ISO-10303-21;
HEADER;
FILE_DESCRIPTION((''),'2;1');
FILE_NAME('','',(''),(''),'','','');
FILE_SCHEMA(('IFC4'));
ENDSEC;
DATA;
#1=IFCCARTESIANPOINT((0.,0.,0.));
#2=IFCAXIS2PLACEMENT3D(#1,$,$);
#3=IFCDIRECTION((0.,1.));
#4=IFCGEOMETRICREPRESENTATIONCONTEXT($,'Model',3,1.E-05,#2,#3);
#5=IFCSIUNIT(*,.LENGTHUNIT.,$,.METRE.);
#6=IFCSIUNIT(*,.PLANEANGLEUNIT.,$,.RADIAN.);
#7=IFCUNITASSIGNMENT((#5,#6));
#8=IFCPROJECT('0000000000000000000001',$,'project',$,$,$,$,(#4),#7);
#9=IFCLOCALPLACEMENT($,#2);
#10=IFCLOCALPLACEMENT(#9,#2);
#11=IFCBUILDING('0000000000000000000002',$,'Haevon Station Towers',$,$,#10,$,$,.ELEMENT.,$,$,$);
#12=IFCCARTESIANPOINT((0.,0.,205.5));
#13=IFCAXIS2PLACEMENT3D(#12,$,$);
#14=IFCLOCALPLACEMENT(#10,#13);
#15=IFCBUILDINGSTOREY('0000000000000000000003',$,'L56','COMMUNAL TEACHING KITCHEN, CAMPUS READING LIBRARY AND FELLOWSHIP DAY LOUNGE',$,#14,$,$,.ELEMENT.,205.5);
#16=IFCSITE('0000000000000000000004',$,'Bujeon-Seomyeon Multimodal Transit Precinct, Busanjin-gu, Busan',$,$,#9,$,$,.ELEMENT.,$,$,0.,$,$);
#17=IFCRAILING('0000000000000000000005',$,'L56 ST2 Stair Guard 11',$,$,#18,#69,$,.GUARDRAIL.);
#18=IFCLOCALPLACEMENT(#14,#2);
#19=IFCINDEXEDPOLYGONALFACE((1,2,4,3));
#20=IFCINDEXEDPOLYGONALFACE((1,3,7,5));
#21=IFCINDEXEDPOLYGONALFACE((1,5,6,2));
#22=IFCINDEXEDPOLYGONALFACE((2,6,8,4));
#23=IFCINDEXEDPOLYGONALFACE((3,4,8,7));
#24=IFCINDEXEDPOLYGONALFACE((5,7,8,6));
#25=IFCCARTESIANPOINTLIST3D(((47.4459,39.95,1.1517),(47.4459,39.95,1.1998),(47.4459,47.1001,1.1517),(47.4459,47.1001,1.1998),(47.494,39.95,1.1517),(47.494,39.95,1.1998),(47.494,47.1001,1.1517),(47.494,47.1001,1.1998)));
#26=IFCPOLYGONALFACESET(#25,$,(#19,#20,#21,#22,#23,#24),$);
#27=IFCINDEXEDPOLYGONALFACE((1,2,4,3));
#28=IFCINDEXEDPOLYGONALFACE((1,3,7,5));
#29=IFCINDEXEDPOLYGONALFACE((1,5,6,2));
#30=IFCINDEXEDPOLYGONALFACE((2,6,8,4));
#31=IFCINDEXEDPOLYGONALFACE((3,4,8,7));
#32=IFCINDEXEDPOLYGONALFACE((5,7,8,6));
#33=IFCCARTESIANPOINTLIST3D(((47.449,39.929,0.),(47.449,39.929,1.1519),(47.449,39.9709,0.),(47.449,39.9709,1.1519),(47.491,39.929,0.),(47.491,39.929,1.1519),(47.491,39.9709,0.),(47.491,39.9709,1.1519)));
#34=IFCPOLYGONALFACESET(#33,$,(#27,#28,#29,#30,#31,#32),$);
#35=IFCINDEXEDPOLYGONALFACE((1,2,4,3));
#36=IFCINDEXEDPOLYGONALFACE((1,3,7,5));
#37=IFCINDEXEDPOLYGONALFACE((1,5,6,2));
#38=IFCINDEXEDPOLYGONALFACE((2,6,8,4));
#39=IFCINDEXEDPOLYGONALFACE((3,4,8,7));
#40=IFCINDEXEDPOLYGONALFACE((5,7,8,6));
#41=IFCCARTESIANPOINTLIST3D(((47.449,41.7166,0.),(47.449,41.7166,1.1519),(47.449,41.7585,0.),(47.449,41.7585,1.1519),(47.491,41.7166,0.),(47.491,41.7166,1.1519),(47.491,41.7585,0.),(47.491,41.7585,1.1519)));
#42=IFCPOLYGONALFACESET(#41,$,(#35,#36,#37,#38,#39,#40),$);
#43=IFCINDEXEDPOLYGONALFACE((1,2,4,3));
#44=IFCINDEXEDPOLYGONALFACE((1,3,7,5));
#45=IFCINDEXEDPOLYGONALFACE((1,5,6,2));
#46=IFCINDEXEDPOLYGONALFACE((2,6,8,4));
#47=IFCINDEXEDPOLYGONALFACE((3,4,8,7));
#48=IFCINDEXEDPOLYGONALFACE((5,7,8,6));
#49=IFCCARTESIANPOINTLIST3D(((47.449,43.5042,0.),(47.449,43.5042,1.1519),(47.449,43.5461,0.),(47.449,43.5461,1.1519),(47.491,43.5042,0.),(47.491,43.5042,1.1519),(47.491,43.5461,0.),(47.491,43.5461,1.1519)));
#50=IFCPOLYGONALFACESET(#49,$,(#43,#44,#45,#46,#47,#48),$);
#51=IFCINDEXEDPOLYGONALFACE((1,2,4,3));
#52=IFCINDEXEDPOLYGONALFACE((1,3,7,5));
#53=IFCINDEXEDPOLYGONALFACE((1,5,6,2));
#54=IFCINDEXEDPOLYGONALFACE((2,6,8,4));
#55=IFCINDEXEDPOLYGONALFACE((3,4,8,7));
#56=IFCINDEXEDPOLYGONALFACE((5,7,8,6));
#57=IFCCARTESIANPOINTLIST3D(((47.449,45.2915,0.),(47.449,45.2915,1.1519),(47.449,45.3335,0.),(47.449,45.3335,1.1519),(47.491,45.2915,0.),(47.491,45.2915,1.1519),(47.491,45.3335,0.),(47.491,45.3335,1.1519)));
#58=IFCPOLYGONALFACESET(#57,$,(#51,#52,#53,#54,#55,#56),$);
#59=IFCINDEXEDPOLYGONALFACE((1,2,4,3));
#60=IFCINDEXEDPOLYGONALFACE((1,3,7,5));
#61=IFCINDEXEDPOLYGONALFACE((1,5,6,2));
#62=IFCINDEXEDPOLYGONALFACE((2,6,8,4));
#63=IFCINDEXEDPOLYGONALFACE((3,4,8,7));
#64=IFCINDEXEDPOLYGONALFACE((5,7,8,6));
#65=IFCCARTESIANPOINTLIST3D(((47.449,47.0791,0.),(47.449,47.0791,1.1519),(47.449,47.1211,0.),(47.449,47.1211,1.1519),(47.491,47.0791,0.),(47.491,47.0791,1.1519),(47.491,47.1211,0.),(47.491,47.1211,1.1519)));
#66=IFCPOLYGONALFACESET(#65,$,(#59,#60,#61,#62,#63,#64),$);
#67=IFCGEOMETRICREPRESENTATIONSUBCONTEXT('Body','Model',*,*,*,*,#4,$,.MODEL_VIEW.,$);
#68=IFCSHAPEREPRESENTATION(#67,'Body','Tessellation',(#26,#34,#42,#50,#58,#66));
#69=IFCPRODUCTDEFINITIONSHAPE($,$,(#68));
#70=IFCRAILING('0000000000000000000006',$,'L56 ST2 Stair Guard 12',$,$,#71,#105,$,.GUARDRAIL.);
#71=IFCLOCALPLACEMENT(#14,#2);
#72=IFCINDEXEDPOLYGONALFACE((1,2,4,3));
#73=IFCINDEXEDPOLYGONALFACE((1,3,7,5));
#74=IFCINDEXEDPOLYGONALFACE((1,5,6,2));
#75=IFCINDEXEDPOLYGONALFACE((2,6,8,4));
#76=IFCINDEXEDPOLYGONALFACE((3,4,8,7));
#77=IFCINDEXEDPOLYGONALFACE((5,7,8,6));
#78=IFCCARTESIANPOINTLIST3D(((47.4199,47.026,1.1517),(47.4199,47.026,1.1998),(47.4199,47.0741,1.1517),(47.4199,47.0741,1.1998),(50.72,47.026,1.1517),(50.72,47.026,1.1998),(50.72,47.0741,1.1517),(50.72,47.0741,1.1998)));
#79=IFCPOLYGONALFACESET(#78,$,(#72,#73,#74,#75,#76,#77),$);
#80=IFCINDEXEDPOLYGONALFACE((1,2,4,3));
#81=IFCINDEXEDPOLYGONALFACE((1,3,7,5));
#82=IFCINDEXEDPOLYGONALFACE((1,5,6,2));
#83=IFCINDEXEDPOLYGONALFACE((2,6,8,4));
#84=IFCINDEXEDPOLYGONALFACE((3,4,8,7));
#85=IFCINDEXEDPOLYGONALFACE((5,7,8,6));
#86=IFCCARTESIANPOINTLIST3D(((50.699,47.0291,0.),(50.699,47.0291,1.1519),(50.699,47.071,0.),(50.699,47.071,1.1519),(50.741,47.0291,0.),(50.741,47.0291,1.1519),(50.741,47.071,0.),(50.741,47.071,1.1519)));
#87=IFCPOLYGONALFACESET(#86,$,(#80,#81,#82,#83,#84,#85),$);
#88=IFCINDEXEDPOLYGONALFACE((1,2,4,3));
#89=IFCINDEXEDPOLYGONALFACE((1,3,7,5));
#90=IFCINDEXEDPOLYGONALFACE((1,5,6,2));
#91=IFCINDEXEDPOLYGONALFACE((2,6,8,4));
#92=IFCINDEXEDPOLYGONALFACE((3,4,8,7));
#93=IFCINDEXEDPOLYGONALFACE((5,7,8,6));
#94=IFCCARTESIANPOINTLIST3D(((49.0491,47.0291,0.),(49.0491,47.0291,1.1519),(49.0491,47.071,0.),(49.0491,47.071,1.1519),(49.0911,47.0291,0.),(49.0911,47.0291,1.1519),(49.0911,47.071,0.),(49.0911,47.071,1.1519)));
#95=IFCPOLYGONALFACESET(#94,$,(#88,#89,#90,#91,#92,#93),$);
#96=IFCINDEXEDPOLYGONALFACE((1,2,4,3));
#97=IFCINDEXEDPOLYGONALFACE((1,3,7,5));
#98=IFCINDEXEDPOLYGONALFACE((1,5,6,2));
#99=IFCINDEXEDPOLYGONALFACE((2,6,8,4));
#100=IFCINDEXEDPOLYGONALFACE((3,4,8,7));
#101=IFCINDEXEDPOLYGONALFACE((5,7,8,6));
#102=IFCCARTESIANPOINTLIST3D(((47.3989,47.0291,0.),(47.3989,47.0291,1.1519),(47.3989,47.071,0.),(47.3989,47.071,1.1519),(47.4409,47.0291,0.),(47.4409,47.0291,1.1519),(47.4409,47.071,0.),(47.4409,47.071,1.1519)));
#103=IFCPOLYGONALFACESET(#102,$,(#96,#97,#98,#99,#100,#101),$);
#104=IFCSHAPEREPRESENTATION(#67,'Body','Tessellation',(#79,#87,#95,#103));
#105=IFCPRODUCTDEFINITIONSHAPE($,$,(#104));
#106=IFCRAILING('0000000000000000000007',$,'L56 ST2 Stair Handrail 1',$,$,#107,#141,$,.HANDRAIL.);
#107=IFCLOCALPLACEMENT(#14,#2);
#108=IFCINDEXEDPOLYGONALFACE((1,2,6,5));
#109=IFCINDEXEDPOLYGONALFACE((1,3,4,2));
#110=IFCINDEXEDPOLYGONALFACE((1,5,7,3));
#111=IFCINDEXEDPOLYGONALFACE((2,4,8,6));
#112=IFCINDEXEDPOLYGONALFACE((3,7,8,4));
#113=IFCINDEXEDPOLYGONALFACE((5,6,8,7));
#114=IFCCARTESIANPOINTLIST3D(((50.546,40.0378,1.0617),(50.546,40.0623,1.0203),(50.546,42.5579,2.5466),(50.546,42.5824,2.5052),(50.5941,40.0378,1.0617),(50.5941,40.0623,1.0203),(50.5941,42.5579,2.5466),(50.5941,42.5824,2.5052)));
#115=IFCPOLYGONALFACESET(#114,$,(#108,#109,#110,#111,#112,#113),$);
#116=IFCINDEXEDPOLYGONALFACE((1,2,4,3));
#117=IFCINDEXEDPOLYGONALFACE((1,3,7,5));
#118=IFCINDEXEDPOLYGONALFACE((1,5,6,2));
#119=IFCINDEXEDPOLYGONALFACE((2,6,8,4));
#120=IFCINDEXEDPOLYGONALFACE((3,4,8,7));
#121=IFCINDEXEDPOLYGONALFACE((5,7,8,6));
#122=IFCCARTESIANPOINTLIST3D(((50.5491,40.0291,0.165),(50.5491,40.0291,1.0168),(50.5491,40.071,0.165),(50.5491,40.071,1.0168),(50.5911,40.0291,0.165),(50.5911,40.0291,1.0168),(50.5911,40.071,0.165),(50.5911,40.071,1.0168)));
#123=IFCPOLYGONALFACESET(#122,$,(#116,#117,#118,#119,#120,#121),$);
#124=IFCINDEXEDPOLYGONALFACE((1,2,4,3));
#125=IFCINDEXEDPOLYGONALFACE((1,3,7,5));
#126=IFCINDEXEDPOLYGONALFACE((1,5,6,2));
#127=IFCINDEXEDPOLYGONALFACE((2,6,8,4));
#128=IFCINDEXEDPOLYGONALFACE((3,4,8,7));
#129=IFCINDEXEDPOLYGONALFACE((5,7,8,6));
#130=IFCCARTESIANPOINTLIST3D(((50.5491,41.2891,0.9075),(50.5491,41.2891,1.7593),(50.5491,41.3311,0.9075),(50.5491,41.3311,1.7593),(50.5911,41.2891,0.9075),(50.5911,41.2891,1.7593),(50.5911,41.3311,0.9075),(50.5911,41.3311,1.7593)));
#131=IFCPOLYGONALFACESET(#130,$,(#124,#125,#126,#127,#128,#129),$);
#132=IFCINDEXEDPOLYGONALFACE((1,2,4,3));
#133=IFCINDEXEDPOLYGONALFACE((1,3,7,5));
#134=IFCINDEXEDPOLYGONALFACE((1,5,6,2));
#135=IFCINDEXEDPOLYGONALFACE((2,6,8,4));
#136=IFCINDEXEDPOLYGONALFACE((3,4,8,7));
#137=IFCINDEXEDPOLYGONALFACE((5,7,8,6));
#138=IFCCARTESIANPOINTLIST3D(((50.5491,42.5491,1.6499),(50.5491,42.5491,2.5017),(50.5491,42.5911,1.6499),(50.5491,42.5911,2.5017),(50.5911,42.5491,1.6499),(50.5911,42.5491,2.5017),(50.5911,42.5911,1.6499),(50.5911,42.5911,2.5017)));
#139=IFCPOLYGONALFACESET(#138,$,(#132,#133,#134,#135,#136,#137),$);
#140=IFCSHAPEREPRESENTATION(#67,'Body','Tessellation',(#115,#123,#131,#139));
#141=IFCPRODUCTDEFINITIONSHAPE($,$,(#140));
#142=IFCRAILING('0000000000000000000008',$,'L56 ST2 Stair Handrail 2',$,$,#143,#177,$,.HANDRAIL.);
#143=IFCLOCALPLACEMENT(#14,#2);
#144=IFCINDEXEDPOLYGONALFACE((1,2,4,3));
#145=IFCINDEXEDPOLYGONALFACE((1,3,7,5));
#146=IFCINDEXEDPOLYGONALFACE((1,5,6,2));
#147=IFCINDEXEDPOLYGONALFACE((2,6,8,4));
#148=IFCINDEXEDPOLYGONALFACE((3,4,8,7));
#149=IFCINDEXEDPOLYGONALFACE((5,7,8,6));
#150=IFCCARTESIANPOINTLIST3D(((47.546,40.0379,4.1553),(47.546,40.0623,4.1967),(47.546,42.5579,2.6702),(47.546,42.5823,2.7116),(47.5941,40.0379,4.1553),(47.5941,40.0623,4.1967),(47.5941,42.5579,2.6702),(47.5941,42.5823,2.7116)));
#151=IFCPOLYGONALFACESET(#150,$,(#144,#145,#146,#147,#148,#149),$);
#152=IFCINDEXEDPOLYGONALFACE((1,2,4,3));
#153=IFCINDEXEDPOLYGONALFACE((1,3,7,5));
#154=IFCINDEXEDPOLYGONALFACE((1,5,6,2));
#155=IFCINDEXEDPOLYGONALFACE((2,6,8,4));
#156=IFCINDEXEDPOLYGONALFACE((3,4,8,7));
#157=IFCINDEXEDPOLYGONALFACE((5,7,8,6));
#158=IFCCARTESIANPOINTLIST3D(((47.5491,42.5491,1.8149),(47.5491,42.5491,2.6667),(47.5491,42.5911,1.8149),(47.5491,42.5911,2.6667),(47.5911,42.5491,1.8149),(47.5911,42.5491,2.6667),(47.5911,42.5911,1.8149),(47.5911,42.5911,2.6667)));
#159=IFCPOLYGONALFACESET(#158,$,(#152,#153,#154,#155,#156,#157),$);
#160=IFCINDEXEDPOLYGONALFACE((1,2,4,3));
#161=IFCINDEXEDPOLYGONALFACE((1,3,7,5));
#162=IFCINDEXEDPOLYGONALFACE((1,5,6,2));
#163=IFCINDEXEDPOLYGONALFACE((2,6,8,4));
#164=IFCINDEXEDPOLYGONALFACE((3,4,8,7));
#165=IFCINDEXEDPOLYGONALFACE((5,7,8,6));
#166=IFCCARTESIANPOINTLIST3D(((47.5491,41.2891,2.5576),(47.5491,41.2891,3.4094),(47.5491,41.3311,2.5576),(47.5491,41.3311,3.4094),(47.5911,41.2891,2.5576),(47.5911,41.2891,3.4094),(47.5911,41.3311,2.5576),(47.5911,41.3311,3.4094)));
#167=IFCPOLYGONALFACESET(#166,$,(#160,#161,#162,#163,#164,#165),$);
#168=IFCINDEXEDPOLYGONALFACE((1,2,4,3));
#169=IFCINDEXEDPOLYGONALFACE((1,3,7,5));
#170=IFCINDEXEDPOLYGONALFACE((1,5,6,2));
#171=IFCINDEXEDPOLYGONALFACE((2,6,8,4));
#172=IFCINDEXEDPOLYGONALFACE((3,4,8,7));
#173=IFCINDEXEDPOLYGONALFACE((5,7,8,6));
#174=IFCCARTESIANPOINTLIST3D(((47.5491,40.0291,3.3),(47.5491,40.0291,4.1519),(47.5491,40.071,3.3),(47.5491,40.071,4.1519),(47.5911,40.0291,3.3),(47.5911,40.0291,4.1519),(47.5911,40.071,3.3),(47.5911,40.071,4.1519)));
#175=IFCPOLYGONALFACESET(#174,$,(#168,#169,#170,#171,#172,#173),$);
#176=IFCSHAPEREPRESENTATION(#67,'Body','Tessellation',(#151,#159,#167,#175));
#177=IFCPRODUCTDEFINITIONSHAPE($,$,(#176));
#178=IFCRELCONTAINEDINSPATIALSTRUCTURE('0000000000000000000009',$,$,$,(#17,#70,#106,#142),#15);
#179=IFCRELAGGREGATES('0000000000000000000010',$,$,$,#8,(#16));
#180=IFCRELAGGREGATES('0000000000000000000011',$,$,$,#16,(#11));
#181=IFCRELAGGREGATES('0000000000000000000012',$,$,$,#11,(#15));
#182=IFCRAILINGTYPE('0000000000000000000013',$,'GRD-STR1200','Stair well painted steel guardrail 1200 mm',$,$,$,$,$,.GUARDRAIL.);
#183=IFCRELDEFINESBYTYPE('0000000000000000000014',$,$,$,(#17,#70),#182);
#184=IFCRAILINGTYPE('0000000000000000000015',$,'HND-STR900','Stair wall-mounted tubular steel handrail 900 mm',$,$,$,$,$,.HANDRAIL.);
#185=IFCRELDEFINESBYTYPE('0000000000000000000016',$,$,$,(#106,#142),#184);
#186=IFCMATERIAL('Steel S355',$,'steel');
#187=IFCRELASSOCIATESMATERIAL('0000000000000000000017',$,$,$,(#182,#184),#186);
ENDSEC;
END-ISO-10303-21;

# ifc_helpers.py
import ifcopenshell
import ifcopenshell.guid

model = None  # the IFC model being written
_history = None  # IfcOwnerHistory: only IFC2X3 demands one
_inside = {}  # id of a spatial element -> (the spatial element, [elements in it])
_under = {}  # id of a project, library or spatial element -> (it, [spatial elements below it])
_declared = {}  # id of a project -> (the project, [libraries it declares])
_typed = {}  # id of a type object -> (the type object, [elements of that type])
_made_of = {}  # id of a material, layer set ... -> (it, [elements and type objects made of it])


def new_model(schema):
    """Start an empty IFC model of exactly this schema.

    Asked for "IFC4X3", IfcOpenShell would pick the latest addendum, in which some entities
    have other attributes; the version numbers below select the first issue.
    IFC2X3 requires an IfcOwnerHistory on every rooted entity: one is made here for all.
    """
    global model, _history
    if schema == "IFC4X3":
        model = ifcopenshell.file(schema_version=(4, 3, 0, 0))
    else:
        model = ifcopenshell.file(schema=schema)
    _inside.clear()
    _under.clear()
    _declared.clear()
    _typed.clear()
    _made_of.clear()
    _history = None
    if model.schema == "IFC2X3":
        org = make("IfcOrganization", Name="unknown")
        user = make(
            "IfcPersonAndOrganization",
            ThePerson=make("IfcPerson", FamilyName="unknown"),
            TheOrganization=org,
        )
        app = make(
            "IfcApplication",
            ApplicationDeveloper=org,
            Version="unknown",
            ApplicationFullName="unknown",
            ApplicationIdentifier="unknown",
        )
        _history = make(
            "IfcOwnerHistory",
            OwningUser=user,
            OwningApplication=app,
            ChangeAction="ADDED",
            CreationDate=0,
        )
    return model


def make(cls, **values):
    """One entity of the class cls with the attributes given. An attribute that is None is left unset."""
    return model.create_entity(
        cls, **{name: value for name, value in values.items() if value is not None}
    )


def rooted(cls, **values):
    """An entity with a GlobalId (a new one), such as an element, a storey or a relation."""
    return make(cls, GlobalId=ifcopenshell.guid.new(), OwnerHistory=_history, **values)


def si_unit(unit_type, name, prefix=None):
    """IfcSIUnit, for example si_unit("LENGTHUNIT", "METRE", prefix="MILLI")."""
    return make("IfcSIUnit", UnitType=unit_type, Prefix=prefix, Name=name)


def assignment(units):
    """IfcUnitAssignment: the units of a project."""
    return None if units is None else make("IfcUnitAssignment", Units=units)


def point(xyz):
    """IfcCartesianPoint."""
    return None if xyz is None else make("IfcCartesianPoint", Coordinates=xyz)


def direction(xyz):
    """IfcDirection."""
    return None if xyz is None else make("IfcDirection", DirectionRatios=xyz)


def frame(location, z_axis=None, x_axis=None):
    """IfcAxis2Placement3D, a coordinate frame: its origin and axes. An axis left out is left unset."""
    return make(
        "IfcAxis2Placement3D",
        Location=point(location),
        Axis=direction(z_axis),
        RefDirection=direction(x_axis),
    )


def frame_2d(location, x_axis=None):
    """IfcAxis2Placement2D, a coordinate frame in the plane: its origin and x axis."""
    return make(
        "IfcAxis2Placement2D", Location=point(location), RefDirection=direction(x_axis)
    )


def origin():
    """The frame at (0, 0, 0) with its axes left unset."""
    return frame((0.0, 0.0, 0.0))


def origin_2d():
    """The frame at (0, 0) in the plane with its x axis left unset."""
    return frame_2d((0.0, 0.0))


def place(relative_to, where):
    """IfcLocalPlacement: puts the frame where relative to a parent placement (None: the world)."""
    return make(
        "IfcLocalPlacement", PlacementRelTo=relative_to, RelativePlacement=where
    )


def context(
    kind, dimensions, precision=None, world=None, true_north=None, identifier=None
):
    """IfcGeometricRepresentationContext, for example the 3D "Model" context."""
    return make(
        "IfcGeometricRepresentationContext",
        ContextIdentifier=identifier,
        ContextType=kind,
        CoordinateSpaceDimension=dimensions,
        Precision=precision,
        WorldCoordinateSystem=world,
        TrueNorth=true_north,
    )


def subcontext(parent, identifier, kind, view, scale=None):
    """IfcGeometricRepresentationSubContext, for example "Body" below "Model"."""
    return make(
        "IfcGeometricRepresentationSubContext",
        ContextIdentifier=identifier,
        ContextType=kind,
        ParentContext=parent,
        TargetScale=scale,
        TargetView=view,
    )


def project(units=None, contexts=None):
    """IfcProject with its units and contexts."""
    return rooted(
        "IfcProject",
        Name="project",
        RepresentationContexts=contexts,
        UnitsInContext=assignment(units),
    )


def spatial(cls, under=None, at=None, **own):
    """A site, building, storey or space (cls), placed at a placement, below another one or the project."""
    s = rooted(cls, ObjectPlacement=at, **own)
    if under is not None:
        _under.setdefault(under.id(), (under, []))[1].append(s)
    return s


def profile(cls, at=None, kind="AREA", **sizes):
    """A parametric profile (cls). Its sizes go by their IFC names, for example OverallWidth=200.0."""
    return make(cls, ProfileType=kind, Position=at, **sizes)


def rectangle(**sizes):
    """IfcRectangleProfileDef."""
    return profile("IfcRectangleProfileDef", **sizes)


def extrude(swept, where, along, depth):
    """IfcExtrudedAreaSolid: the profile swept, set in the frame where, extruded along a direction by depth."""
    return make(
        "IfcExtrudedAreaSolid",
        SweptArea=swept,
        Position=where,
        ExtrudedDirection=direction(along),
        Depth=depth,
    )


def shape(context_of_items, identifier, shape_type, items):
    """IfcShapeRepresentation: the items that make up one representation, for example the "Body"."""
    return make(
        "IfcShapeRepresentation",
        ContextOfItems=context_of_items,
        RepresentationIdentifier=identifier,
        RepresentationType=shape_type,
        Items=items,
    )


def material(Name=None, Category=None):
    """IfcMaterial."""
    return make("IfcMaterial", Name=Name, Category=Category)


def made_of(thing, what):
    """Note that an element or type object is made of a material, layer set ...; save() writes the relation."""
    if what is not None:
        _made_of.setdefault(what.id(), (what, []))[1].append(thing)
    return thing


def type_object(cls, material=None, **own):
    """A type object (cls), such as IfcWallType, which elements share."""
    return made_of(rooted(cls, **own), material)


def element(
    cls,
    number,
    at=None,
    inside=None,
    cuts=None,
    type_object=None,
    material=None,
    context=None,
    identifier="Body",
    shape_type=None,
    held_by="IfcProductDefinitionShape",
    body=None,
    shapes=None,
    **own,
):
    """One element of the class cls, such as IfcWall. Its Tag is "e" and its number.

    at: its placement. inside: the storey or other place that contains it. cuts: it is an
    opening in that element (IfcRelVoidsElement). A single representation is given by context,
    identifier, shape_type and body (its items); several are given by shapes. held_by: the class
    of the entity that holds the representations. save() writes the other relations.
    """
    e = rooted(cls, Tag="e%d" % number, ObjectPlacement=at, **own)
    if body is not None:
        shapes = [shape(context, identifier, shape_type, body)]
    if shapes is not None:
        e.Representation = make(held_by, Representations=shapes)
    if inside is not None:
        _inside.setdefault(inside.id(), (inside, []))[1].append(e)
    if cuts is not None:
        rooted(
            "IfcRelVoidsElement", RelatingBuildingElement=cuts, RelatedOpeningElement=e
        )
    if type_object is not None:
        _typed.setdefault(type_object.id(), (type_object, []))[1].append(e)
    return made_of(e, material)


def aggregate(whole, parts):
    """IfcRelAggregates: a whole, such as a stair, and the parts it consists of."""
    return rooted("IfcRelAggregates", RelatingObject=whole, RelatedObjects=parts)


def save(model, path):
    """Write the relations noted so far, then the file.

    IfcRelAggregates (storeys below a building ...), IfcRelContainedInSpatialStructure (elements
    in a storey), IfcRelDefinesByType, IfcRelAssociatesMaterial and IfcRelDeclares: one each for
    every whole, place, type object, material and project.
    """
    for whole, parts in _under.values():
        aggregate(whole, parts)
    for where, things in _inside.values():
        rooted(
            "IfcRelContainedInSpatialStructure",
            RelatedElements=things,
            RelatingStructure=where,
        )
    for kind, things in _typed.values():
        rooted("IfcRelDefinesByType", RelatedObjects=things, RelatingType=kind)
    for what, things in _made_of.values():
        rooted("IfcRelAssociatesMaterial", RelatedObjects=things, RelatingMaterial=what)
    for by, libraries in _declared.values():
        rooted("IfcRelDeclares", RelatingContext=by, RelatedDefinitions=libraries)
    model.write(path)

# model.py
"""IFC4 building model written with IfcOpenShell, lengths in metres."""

from ifc_helpers import new_model, si_unit, direction, frame, origin, origin_2d, place, context, subcontext, project, spatial, rectangle, extrude, material, type_object, element, save


model = new_model("IFC4")

# Units and contexts
model_context = context("Model", 3, precision=1e-05, world=origin(), true_north=direction((0.0, 1.0)))
body_context = subcontext(model_context, "Body", "Model", "MODEL_VIEW")
ifc_project = project(units=[si_unit("LENGTHUNIT", "METRE"), si_unit("PLANEANGLEUNIT", "RADIAN")], contexts=[model_context])

# Site, building, storey
site_placement = place(None, origin())
site = spatial("IfcSite", under=ifc_project, at=site_placement, Name="Bujeon-Seomyeon Multimodal Transit Precinct, Busanjin-gu, Busan", CompositionType="ELEMENT", RefElevation=0.0)
building_placement = place(site_placement, origin())
building = spatial("IfcBuilding", under=site, at=building_placement, Name="Haevon Station Towers", CompositionType="ELEMENT")
storey_placement = place(building_placement, frame((0.0, 0.0, 205.5)))
storey = spatial("IfcBuildingStorey", under=building, at=storey_placement, Name="L56", Description="COMMUNAL TEACHING KITCHEN, CAMPUS READING LIBRARY AND FELLOWSHIP DAY LOUNGE", CompositionType="ELEMENT", Elevation=205.5)

# Shared definitions
ifc_material_1 = material(Name="Steel S355", Category="steel")

# Railings
railing_type_1 = type_object("IfcRailingType", Name="GRD-STR1200", Description="Stair well painted steel guardrail 1200 mm", PredefinedType="GUARDRAIL", material=ifc_material_1)
for number, where, name in (
    (1, (47.47, 39.95, 0.0), "L56 ST2 Stair Guard 11"),
):
    element("IfcRailing", number, at=place(storey_placement, frame(where)), inside=storey, type_object=railing_type_1, Name=name, PredefinedType="GUARDRAIL", context=body_context, shape_type="SweptSolid", body=[
        extrude(rectangle(XDim=0.0481, YDim=0.0481, at=origin_2d()), frame((0.0, 0.0, 1.1758), z_axis=(0.0, 1.0, 0.0), x_axis=(-1.0, 0.0, 0.0)), (0.0, 0.0, 1.0), 7.1501),
        extrude(rectangle(XDim=0.042, YDim=0.042, at=origin_2d()), origin(), (0.0, 0.0, 1.0), 1.1519),
        extrude(rectangle(XDim=0.042, YDim=0.042, at=origin_2d()), frame((0.0, 1.7876, 0.0)), (0.0, 0.0, 1.0), 1.1519),
        extrude(rectangle(XDim=0.042, YDim=0.042, at=origin_2d()), frame((0.0, 3.5752, 0.0)), (0.0, 0.0, 1.0), 1.1519),
        extrude(rectangle(XDim=0.042, YDim=0.042, at=origin_2d()), frame((0.0, 5.3625, 0.0)), (0.0, 0.0, 1.0), 1.1519),
        extrude(rectangle(XDim=0.042, YDim=0.042, at=origin_2d()), frame((0.0, 7.1501, 0.0)), (0.0, 0.0, 1.0), 1.1519),
    ])
railing_1_placement = place(storey_placement, frame((50.72, 47.05, 0.0)))
element("IfcRailing", 2, at=railing_1_placement, inside=storey, type_object=railing_type_1, Name="L56 ST2 Stair Guard 12", PredefinedType="GUARDRAIL", context=body_context, shape_type="SweptSolid", body=[
    extrude(rectangle(XDim=0.0481, YDim=0.0481, at=origin_2d()), frame((0.0, 0.0, 1.1758), z_axis=(-1.0, 0.0, 0.0), x_axis=(0.0, -1.0, 0.0)), (0.0, 0.0, 1.0), 3.3),
    extrude(rectangle(XDim=0.042, YDim=0.042, at=origin_2d()), origin(), (0.0, 0.0, 1.0), 1.1519),
    extrude(rectangle(XDim=0.042, YDim=0.042, at=origin_2d()), frame((-1.6499, 0.0, 0.0)), (0.0, 0.0, 1.0), 1.1519),
    extrude(rectangle(XDim=0.042, YDim=0.042, at=origin_2d()), frame((-3.3, 0.0, 0.0)), (0.0, 0.0, 1.0), 1.1519),
])
railing_type_2 = type_object("IfcRailingType", Name="HND-STR900", Description="Stair wall-mounted tubular steel handrail 900 mm", PredefinedType="HANDRAIL", material=ifc_material_1)
railing_2_placement = place(storey_placement, frame((50.5701, 40.05, 0.165)))
element("IfcRailing", 3, at=railing_2_placement, inside=storey, type_object=railing_type_2, Name="L56 ST2 Stair Handrail 1", PredefinedType="HANDRAIL", context=body_context, shape_type="SweptSolid", body=[
    extrude(rectangle(XDim=0.0481, YDim=0.0481, at=origin_2d()), frame((0.0, 0.0, 0.876), z_axis=(0.0, 0.861561, 0.507655), x_axis=(-1.0, 0.0, 0.0)), (0.0, 0.0, 1.0), 2.925),
    extrude(rectangle(XDim=0.042, YDim=0.042, at=origin_2d()), origin(), (0.0, 0.0, 1.0), 0.8518),
    extrude(rectangle(XDim=0.042, YDim=0.042, at=origin_2d()), frame((0.0, 1.26, 0.7424)), (0.0, 0.0, 1.0), 0.8518),
    extrude(rectangle(XDim=0.042, YDim=0.042, at=origin_2d()), frame((0.0, 2.52, 1.4849)), (0.0, 0.0, 1.0), 0.8518),
])
railing_3_placement = place(storey_placement, frame((47.5701, 42.5701, 1.8149)))
element("IfcRailing", 4, at=railing_3_placement, inside=storey, type_object=railing_type_2, Name="L56 ST2 Stair Handrail 2", PredefinedType="HANDRAIL", context=body_context, shape_type="SweptSolid", body=[
    extrude(rectangle(XDim=0.0481, YDim=0.0481, at=origin_2d()), frame((0.0, 0.0, 0.876), z_axis=(0.0, -0.861524, 0.507717), x_axis=(1.0, 0.0, 0.0)), (0.0, 0.0, 1.0), 2.925),
    extrude(rectangle(XDim=0.042, YDim=0.042, at=origin_2d()), origin(), (0.0, 0.0, 1.0), 0.8518),
    extrude(rectangle(XDim=0.042, YDim=0.042, at=origin_2d()), frame((0.0, -1.26, 0.7427)), (0.0, 0.0, 1.0), 0.8518),
    extrude(rectangle(XDim=0.042, YDim=0.042, at=origin_2d()), frame((0.0, -2.52, 1.4851)), (0.0, 0.0, 1.0), 0.8518),
])

save(model, "model.ifc")
